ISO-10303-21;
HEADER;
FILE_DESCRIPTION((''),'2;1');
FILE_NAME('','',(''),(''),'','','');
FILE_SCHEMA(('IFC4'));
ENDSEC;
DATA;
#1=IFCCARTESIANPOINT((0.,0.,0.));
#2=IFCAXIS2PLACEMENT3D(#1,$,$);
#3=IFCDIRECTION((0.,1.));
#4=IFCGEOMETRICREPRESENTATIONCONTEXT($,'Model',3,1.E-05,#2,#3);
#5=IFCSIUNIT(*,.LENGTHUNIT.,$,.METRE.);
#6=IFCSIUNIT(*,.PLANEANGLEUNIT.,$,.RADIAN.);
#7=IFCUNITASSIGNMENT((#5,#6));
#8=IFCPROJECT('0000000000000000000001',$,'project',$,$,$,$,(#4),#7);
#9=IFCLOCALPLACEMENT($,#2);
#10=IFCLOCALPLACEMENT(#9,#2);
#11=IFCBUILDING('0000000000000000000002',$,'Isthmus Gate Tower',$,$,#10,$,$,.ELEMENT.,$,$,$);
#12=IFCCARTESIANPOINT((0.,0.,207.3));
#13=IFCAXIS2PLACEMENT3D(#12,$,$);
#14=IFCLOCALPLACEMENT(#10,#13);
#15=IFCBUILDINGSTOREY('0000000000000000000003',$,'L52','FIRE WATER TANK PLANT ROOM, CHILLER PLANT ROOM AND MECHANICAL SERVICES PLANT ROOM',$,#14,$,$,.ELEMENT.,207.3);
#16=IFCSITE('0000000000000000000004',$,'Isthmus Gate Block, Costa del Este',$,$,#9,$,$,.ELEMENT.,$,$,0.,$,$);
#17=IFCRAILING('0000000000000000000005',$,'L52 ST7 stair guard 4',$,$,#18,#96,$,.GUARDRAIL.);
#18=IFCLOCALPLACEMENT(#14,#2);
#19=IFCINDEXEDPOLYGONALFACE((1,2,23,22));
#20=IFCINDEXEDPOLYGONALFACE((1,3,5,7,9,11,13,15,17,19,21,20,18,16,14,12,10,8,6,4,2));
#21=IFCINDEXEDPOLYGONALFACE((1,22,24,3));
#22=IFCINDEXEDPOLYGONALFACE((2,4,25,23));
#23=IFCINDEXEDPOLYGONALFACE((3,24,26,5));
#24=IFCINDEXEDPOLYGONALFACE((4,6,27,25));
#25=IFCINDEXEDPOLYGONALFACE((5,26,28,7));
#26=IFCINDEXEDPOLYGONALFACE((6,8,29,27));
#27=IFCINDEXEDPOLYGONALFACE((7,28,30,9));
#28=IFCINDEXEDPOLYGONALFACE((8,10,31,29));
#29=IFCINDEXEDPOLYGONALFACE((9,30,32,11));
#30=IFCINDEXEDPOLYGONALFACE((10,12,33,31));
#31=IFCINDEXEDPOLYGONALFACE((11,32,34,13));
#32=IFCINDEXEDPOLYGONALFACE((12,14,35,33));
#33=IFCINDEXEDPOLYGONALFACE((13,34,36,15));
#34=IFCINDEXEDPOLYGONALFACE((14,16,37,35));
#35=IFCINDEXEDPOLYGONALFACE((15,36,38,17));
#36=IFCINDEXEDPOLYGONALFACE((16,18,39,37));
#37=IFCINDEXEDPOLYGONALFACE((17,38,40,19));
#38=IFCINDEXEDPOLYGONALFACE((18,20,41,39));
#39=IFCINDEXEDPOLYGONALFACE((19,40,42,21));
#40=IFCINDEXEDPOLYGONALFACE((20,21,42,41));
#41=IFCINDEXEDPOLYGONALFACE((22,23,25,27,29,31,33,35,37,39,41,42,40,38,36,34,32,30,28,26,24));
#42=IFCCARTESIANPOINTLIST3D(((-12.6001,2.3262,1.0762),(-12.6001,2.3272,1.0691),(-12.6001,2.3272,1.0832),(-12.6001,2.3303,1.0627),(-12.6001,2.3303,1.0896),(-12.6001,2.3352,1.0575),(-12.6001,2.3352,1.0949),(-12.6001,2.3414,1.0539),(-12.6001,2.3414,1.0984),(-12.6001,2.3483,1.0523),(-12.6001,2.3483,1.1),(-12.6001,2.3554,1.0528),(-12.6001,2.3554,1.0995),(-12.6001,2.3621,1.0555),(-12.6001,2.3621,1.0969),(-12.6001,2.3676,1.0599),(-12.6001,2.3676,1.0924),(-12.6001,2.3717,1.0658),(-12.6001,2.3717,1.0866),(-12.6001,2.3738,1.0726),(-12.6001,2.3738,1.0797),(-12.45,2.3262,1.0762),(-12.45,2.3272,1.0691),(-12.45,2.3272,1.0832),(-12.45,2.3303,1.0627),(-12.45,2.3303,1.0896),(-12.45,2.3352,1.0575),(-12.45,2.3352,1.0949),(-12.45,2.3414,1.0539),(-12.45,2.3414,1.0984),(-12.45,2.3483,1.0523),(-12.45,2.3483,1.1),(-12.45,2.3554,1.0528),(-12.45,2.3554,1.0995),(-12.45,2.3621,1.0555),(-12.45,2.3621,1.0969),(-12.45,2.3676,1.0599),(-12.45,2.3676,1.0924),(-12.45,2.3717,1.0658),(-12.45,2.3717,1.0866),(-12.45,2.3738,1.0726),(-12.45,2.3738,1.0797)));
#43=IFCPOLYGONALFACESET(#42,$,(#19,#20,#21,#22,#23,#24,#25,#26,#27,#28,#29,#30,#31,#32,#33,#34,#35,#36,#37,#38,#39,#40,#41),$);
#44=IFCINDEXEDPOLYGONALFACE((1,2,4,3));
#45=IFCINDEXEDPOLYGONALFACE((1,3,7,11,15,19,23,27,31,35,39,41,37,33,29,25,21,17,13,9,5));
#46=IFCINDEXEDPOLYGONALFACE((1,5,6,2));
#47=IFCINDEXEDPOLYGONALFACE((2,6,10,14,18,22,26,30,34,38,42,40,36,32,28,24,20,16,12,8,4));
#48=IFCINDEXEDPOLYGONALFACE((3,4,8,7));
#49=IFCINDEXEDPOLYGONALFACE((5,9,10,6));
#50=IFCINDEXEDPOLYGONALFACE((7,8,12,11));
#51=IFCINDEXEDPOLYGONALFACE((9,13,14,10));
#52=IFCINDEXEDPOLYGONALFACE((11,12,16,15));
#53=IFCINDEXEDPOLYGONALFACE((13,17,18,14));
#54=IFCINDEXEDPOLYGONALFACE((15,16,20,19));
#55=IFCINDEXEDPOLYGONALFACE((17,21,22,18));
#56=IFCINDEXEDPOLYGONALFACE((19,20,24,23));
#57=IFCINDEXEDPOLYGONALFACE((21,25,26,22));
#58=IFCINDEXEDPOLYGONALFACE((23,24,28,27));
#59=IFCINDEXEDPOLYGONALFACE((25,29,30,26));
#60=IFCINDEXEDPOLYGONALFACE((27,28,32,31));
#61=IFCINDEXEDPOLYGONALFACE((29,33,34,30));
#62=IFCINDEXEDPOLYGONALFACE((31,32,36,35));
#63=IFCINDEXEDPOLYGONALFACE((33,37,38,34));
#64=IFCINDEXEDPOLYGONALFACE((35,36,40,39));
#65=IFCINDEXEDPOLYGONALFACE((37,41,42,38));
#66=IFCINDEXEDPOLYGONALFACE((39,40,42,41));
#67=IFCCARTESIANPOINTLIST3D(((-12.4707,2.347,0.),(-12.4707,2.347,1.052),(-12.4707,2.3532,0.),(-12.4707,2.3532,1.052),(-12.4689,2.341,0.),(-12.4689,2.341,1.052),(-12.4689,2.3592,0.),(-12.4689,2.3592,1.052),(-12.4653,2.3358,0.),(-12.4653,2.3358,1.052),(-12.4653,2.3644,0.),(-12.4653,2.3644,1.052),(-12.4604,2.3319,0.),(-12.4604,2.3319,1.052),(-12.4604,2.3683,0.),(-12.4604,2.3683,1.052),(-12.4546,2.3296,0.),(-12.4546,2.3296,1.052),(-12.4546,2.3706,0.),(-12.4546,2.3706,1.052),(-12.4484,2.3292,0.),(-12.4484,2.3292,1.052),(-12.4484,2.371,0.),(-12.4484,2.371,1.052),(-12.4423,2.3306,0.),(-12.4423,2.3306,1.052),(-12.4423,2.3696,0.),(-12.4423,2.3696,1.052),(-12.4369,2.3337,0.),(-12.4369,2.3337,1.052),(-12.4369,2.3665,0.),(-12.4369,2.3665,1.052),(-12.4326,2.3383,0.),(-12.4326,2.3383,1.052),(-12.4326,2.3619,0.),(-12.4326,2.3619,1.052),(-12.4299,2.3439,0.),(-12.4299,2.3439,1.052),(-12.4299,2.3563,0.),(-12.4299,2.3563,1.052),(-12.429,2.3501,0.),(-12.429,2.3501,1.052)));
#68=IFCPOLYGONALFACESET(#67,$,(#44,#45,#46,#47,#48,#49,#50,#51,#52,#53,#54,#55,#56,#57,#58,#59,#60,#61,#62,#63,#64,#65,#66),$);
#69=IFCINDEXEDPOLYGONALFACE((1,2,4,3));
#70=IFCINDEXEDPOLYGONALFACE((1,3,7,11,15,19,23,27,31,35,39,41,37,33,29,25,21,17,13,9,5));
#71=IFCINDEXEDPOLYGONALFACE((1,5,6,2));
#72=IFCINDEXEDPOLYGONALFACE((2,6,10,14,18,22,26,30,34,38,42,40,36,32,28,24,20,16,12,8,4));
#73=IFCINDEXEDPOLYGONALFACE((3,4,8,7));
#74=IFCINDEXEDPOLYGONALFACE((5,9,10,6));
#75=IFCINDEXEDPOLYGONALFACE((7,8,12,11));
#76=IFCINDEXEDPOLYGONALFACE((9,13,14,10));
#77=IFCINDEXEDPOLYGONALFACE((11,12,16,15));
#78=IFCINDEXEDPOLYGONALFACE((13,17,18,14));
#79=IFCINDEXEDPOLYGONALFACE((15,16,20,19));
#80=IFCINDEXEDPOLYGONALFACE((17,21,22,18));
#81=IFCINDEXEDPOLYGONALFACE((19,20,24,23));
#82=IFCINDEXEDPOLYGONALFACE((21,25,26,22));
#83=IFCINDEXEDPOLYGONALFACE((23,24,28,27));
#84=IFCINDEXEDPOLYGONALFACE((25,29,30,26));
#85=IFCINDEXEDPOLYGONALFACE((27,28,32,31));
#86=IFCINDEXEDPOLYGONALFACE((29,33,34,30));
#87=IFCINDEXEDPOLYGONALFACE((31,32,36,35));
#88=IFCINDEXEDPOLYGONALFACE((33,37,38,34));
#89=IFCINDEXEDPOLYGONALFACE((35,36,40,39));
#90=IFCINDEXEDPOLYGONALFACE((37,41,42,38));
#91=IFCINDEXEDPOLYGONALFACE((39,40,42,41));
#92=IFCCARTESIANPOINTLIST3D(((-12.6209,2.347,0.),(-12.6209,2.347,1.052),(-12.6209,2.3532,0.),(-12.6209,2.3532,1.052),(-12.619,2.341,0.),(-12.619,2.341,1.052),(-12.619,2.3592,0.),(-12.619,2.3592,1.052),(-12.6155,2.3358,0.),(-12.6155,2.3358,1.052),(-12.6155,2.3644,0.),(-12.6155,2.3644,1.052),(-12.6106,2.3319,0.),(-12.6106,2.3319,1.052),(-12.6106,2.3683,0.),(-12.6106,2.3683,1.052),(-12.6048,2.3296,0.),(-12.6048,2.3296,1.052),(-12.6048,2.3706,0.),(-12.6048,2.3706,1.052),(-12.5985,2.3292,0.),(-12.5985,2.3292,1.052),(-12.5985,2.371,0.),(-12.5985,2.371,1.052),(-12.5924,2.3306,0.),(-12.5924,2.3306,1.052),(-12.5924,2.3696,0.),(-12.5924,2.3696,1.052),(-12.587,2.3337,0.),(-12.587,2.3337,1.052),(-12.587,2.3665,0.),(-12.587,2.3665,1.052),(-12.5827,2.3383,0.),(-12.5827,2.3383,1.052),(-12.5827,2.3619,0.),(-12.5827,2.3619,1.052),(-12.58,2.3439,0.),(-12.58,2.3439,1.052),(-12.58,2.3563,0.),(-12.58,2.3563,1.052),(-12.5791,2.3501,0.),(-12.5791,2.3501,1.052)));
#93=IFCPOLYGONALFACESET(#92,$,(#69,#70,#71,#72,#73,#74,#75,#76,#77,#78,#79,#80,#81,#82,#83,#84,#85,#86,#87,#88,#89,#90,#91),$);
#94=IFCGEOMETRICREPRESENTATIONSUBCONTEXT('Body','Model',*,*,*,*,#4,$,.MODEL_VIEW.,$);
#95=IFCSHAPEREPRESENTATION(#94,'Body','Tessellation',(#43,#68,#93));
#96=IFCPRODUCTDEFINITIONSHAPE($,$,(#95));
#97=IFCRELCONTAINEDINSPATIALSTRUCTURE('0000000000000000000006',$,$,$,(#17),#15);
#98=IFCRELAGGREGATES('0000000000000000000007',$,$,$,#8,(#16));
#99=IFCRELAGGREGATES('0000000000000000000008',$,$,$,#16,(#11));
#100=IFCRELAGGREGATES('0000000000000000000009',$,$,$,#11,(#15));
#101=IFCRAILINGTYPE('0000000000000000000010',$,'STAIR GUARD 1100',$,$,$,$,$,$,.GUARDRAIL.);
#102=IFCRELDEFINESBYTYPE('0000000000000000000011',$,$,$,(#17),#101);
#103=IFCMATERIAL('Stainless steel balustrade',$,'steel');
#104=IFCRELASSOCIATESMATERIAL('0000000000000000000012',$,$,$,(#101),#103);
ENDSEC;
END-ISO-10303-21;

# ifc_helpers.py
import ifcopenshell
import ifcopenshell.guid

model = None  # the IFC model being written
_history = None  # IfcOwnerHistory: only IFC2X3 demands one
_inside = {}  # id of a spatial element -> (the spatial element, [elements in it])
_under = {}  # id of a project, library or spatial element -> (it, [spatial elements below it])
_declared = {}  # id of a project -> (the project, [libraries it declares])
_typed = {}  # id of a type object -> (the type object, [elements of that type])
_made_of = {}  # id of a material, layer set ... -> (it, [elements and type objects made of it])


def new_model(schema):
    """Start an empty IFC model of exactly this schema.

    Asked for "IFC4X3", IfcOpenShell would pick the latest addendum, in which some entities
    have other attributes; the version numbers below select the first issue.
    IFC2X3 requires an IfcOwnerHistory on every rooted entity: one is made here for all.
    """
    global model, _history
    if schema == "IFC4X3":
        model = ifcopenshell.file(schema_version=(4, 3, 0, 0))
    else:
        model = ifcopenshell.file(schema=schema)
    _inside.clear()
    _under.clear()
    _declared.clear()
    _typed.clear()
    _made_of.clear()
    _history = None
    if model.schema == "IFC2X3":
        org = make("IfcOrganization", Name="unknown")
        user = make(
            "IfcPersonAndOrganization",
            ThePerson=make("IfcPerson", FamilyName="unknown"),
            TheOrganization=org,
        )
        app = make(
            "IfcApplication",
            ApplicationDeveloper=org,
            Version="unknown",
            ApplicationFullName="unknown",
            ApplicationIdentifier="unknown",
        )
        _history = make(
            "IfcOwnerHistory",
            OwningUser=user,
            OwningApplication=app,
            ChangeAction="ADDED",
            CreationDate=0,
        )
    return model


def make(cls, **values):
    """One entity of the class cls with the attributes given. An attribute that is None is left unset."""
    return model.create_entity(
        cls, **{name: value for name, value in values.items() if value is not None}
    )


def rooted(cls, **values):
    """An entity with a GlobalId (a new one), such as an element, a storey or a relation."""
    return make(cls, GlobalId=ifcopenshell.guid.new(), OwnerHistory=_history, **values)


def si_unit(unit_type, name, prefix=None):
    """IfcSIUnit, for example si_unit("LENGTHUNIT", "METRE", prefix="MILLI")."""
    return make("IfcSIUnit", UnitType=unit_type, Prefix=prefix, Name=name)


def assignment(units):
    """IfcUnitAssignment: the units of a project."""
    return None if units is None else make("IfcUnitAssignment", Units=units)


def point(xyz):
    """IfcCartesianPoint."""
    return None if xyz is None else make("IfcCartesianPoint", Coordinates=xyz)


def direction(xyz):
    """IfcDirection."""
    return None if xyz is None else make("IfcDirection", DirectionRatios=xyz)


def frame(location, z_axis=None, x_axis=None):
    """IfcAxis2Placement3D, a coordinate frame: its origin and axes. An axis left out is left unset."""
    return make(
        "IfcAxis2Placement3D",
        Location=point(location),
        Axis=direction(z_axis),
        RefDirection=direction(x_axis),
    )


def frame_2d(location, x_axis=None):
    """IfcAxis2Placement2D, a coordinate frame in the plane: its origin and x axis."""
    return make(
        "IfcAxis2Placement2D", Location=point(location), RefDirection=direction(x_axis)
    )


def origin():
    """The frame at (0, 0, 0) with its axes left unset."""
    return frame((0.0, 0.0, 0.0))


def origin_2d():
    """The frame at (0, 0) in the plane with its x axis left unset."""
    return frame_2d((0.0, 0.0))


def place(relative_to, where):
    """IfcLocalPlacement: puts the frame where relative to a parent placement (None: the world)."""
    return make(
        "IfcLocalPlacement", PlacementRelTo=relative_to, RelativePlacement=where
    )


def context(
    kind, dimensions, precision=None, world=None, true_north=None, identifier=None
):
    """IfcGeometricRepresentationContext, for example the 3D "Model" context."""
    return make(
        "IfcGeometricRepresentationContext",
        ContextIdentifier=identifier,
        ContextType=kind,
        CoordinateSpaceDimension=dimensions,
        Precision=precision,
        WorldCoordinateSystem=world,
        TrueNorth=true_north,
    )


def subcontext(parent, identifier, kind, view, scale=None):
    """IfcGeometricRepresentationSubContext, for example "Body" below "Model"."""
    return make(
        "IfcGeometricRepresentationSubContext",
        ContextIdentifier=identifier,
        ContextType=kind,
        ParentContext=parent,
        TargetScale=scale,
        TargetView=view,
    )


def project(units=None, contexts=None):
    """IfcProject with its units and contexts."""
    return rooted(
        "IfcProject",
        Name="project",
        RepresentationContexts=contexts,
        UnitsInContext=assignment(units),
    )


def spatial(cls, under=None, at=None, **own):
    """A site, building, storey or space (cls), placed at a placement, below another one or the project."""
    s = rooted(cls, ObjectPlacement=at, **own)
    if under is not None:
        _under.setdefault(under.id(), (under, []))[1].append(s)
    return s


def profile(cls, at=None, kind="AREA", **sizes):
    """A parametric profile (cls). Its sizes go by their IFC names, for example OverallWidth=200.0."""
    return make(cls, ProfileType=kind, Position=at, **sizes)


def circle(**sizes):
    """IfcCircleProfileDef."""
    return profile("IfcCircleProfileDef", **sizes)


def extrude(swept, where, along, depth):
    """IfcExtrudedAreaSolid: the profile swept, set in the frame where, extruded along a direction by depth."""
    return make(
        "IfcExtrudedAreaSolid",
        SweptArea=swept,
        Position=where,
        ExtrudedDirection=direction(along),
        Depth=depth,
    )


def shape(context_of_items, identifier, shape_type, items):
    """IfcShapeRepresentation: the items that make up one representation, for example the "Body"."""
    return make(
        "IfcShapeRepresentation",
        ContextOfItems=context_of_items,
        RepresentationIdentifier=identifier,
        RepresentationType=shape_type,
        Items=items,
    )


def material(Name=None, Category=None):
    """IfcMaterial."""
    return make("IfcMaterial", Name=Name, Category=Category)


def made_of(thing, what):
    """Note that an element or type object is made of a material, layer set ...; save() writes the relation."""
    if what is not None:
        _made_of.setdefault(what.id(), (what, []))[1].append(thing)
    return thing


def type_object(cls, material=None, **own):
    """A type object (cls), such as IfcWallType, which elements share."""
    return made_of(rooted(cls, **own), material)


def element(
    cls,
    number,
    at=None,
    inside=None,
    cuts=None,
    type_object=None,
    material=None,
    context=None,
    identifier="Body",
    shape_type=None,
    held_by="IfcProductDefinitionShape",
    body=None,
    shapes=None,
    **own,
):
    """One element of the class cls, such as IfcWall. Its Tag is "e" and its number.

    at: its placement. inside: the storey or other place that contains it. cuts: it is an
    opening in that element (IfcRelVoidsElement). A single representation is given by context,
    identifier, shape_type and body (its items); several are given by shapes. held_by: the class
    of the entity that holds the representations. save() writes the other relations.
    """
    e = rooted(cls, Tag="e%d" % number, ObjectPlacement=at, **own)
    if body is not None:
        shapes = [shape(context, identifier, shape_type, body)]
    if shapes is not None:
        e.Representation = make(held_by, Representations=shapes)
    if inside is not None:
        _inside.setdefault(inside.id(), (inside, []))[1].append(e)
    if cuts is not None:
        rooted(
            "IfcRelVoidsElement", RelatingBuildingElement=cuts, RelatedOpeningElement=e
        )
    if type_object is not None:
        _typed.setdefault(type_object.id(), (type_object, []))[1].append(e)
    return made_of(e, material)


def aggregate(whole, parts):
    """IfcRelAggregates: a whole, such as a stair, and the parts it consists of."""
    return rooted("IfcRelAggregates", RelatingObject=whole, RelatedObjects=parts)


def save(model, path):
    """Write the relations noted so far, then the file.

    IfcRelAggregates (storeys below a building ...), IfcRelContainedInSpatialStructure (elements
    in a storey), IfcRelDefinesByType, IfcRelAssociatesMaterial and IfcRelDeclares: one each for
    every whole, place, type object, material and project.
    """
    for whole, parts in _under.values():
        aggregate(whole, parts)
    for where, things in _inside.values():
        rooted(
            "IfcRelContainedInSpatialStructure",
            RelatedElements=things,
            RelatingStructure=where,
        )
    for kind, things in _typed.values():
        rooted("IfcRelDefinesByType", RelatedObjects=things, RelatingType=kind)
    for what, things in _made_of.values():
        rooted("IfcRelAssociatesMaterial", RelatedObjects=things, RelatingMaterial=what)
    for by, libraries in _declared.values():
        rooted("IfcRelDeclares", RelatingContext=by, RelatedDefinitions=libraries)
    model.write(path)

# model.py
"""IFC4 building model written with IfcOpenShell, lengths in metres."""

from ifc_helpers import new_model, si_unit, direction, frame, origin, origin_2d, place, context, subcontext, project, spatial, circle, extrude, material, type_object, element, save


model = new_model("IFC4")

# Units and contexts
model_context = context("Model", 3, precision=1e-05, world=origin(), true_north=direction((0.0, 1.0)))
body_context = subcontext(model_context, "Body", "Model", "MODEL_VIEW")
ifc_project = project(units=[si_unit("LENGTHUNIT", "METRE"), si_unit("PLANEANGLEUNIT", "RADIAN")], contexts=[model_context])

# Site, building, storey
site_placement = place(None, origin())
site = spatial("IfcSite", under=ifc_project, at=site_placement, Name="Isthmus Gate Block, Costa del Este", CompositionType="ELEMENT", RefElevation=0.0)
building_placement = place(site_placement, origin())
building = spatial("IfcBuilding", under=site, at=building_placement, Name="Isthmus Gate Tower", CompositionType="ELEMENT")
storey_placement = place(building_placement, frame((0.0, 0.0, 207.3)))
storey = spatial("IfcBuildingStorey", under=building, at=storey_placement, Name="L52", Description="FIRE WATER TANK PLANT ROOM, CHILLER PLANT ROOM AND MECHANICAL SERVICES PLANT ROOM", CompositionType="ELEMENT", Elevation=207.3)

# Railing
ifc_material_1 = material(Name="Stainless steel balustrade", Category="steel")
railing_type_1 = type_object("IfcRailingType", Name="STAIR GUARD 1100", PredefinedType="GUARDRAIL", material=ifc_material_1)
railing_1_placement = place(storey_placement, frame((-12.45, 2.3501, 0.0)))
element("IfcRailing", 1, at=railing_1_placement, inside=storey, type_object=railing_type_1, Name="L52 ST7 stair guard 4", PredefinedType="GUARDRAIL", context=body_context, shape_type="SweptSolid", body=[
    extrude(circle(Radius=0.0239, at=origin_2d()), frame((0.0, 0.0, 1.0762), z_axis=(-1.0, 0.0, 0.0), x_axis=(0.0, -1.0, 0.0)), (0.0, 0.0, 1.0), 0.1501),
    extrude(circle(Radius=0.021, at=origin_2d()), origin(), (0.0, 0.0, 1.0), 1.052),
    extrude(circle(Radius=0.021, at=origin_2d()), frame((-0.1501, 0.0, 0.0)), (0.0, 0.0, 1.0), 1.052),
])

save(model, "model.ifc")
